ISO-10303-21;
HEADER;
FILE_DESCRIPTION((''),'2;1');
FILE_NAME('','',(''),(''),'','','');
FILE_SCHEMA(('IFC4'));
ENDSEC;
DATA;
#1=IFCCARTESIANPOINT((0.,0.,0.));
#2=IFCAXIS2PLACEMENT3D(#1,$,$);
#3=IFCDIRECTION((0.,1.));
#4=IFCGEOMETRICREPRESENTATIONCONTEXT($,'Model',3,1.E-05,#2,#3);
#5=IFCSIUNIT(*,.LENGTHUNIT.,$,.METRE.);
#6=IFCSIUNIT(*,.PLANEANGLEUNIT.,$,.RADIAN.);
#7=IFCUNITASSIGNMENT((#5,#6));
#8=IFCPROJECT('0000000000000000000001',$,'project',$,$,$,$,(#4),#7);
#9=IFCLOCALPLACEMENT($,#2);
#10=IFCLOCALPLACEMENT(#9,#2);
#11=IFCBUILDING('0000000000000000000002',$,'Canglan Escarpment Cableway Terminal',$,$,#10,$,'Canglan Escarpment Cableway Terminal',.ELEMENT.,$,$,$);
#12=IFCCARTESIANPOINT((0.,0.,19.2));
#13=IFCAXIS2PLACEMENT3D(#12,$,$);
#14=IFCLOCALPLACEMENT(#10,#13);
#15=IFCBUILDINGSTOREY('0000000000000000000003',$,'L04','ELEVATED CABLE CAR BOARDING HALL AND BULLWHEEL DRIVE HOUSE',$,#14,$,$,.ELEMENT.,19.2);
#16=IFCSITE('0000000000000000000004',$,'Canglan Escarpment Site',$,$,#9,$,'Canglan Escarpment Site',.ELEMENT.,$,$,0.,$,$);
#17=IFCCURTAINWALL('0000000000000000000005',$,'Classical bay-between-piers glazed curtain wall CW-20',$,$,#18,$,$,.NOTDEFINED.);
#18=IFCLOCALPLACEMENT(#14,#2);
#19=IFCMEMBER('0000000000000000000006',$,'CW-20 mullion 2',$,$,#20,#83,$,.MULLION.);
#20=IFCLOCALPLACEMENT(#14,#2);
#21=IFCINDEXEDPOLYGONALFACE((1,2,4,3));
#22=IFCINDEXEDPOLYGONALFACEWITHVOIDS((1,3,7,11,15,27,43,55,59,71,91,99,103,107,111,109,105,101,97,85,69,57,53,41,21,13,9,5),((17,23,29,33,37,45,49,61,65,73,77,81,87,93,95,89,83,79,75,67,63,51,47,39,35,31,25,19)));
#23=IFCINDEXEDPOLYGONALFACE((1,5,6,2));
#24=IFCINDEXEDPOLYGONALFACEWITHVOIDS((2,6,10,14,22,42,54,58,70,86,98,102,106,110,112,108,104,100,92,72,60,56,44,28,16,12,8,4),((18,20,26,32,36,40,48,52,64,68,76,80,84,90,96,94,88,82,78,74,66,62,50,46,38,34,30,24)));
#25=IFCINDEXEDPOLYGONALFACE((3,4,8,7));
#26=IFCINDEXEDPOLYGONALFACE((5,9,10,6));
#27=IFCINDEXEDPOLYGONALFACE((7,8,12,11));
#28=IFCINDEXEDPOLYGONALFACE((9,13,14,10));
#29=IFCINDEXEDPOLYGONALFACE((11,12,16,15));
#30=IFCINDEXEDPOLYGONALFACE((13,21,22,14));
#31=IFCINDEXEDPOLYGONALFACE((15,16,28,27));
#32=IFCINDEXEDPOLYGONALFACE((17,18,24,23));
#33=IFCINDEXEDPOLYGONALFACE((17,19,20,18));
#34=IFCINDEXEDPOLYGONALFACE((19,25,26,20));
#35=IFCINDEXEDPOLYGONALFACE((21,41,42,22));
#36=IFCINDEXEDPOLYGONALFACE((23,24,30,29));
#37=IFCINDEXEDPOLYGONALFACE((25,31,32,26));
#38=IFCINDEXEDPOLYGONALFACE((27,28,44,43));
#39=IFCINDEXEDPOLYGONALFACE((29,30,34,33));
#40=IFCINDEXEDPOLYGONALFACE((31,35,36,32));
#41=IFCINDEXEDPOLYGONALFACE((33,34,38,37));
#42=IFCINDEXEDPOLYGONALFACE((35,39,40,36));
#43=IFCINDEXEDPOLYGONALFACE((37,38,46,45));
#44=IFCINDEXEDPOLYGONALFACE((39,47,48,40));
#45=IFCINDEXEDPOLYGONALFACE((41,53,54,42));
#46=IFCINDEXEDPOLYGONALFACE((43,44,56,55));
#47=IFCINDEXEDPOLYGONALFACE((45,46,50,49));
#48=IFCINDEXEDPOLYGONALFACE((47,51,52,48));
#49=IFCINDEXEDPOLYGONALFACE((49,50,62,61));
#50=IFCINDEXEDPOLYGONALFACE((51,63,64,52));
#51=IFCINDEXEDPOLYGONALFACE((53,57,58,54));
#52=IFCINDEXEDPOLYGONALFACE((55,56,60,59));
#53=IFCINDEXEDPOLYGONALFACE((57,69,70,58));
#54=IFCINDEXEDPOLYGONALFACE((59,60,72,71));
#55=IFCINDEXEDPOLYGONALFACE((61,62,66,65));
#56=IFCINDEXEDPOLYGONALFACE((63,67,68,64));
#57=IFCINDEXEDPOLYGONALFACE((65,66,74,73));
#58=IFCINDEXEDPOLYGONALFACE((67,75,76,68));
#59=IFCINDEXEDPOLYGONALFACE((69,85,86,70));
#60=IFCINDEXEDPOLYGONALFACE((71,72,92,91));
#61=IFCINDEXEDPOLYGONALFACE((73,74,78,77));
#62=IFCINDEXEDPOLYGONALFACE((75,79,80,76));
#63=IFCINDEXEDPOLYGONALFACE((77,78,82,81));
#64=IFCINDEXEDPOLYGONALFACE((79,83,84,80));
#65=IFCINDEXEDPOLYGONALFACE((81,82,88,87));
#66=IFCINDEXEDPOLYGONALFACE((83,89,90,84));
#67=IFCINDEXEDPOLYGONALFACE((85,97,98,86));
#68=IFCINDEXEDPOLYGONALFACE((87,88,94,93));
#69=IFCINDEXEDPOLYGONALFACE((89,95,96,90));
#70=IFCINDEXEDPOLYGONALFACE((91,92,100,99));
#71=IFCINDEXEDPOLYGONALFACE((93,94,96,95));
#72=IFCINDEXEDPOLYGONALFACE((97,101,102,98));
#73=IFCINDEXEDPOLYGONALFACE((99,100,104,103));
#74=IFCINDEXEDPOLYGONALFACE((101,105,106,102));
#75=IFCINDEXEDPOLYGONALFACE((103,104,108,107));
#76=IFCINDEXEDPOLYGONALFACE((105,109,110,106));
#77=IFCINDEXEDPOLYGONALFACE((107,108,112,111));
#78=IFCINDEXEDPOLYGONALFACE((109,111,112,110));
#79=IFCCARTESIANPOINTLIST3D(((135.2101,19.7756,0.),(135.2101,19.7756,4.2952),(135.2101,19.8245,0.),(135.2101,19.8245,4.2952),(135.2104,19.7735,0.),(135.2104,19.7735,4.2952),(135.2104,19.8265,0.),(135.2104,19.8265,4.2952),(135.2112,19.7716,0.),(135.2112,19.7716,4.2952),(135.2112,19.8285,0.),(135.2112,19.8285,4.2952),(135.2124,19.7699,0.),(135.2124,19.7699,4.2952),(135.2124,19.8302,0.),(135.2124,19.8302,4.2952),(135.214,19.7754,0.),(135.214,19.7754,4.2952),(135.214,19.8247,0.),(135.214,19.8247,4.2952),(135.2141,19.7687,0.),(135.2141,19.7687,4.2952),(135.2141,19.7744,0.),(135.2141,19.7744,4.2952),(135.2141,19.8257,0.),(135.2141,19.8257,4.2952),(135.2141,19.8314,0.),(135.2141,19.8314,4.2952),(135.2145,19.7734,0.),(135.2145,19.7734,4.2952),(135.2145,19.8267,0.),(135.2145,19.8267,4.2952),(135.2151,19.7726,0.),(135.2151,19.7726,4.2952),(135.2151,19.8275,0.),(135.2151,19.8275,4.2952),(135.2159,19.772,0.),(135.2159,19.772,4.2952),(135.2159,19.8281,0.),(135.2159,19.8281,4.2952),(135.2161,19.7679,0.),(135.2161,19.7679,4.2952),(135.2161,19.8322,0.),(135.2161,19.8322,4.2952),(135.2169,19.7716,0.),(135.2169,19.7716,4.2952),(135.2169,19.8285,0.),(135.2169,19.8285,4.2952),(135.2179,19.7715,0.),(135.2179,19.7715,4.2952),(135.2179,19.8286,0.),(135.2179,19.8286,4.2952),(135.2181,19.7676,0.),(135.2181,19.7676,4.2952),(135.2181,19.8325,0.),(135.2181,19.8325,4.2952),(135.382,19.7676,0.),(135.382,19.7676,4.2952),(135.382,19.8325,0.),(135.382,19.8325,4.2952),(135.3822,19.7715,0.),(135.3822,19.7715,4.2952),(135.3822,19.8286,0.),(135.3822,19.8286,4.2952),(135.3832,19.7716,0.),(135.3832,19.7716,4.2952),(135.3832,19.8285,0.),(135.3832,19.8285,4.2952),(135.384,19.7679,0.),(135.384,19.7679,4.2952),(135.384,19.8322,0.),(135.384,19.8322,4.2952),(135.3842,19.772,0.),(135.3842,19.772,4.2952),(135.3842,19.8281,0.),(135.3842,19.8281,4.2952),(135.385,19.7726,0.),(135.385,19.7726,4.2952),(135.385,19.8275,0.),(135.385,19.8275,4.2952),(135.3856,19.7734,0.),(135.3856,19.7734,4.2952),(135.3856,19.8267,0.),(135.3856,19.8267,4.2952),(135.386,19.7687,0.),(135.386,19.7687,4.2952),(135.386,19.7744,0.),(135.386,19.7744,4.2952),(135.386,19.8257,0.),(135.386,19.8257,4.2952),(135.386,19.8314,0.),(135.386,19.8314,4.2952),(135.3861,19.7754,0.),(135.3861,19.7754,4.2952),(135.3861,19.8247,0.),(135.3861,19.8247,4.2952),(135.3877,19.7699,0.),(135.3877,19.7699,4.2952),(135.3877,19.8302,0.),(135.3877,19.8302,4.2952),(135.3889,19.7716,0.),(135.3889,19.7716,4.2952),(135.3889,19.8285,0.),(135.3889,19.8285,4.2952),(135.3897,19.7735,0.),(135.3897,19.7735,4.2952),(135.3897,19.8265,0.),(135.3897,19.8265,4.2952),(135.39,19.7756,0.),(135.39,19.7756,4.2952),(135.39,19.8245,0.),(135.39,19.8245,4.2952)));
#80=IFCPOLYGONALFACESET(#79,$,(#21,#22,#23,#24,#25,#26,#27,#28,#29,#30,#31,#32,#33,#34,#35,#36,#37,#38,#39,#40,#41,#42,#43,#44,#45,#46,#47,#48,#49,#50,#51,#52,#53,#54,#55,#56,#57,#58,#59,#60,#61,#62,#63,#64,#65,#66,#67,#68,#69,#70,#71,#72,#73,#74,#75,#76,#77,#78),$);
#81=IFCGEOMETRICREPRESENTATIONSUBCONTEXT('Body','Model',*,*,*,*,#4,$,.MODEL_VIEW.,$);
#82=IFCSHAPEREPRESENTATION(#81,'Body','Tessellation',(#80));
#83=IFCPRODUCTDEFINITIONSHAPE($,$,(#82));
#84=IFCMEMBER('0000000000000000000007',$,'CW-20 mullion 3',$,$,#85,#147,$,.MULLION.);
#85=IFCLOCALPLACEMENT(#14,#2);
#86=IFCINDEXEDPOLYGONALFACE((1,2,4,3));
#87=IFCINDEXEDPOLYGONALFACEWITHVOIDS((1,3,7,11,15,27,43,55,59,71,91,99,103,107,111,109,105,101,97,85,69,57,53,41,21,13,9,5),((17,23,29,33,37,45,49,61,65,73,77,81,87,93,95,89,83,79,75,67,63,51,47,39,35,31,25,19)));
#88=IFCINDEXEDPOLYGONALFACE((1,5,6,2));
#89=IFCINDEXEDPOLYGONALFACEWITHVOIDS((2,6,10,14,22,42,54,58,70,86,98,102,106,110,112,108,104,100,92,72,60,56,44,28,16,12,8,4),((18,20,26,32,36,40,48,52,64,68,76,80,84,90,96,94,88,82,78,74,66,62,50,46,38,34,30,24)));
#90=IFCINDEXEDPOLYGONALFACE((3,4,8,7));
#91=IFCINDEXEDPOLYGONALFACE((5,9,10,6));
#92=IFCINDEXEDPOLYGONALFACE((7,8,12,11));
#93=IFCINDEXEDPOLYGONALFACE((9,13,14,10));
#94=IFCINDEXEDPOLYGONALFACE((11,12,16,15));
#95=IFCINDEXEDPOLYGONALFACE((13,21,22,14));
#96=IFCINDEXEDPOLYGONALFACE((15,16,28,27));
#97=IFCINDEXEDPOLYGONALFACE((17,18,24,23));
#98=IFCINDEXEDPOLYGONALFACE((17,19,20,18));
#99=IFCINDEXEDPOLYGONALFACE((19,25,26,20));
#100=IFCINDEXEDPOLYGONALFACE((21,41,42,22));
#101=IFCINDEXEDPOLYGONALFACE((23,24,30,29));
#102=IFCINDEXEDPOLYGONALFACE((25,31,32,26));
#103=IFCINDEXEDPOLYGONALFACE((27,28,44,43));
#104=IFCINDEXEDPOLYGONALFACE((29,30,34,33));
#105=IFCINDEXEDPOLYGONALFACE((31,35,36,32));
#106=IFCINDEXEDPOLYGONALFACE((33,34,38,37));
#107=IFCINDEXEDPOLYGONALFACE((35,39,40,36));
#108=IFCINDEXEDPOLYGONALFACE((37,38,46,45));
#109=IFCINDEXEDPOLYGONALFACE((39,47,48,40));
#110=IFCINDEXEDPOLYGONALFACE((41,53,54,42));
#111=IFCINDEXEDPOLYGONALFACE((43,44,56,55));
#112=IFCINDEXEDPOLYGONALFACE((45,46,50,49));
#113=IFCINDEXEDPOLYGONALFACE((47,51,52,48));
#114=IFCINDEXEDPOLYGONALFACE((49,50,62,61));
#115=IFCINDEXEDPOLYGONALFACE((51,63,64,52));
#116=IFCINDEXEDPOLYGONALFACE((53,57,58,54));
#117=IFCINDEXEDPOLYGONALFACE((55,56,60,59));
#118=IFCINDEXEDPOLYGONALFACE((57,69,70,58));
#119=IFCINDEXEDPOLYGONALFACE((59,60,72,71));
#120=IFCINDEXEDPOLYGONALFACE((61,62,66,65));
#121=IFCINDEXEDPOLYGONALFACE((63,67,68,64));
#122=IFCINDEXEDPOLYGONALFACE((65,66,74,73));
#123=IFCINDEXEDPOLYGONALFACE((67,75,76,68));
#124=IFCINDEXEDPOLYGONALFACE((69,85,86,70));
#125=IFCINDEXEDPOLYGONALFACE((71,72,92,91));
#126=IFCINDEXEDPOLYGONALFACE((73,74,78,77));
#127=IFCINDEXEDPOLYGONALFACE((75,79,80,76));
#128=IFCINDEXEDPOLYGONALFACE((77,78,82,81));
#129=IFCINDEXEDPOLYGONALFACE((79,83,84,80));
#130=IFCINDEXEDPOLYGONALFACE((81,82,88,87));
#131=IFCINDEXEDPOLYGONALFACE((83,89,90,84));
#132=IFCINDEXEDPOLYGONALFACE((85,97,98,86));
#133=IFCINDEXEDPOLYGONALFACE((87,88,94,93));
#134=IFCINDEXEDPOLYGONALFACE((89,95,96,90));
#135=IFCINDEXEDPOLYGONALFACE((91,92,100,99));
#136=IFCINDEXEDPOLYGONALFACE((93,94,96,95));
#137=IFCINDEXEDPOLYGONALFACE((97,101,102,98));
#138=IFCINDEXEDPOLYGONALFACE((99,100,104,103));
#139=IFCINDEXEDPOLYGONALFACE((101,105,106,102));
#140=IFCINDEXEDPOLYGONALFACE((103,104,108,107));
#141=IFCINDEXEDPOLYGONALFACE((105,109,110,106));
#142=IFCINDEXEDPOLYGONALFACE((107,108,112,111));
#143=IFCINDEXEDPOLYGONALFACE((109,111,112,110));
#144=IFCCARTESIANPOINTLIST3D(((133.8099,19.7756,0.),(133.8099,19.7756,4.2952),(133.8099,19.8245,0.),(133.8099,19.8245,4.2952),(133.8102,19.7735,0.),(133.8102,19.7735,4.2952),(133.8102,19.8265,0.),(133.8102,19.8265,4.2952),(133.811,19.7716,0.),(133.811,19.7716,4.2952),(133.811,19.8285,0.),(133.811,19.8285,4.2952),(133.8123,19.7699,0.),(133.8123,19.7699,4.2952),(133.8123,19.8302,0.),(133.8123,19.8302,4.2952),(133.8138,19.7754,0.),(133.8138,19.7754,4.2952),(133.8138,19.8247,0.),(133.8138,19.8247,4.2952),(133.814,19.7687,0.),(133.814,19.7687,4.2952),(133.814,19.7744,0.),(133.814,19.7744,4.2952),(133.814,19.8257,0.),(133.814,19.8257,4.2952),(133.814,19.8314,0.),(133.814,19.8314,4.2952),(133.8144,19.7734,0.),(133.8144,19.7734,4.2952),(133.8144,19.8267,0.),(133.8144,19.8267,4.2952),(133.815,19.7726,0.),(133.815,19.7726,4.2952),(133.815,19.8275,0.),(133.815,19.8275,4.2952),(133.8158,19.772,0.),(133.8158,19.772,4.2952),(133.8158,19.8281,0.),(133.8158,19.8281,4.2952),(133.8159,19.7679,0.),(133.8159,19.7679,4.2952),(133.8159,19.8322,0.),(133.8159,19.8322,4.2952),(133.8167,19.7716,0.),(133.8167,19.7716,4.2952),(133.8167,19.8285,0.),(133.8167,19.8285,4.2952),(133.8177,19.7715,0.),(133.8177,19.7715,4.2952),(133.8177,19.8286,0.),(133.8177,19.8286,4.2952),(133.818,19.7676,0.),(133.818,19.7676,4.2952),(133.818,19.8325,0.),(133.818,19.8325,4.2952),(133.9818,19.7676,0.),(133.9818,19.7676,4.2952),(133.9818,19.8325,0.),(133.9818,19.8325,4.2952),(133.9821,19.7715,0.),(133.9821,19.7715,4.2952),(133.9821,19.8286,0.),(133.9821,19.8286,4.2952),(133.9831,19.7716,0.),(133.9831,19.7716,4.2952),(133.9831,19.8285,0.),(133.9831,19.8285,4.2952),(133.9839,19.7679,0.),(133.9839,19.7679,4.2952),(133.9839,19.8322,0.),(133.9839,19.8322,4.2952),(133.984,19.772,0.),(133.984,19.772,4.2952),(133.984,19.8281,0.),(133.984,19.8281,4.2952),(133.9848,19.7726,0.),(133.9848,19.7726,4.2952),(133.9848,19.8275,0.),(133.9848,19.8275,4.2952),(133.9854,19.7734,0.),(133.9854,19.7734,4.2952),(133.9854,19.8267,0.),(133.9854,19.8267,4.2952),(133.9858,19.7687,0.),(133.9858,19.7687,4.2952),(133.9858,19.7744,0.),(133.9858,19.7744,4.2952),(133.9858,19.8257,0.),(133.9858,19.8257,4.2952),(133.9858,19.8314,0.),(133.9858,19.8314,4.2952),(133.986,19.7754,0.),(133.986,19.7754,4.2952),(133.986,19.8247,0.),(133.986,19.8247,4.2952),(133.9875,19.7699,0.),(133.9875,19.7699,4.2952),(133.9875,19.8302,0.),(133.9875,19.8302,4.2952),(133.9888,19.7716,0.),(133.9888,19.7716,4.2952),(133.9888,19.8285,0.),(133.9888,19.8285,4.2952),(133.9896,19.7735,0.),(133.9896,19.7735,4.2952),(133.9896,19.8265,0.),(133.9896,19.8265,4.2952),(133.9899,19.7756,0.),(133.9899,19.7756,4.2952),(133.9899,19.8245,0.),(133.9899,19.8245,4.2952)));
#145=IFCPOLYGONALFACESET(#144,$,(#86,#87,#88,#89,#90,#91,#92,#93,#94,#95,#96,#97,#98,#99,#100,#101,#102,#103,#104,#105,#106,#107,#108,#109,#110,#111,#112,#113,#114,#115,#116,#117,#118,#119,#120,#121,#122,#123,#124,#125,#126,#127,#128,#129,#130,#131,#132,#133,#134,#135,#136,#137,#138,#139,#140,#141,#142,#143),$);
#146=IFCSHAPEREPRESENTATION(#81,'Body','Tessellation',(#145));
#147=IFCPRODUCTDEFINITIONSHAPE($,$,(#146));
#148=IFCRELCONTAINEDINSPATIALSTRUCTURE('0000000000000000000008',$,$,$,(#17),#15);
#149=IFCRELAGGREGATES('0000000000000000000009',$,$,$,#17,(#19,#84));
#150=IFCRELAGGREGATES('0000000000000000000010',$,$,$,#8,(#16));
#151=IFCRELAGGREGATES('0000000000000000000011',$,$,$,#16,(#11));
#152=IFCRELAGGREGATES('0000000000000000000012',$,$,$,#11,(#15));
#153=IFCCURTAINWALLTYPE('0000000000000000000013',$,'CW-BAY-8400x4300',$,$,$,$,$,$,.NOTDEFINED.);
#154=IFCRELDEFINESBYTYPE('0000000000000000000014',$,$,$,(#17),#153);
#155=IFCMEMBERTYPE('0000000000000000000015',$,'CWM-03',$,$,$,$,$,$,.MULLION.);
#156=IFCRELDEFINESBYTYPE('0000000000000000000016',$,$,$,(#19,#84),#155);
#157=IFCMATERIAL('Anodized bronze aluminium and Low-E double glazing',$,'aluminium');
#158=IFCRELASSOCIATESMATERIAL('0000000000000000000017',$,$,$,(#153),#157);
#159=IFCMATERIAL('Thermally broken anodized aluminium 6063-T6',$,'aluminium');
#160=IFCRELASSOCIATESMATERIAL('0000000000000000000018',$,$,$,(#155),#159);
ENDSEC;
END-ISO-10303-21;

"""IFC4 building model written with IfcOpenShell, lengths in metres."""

from ifc_helpers import new_model, si_unit, direction, frame, origin, origin_2d, place, context, subcontext, project, spatial, hollow_rectangle, extrude, material, material_profile, profile_set, type_object, element, aggregate, save


model = new_model("IFC4")

# Units and contexts
model_context = context("Model", 3, precision=1e-05, world=origin(), true_north=direction((0.0, 1.0)))
body_context = subcontext(model_context, "Body", "Model", "MODEL_VIEW")
ifc_project = project(units=[si_unit("LENGTHUNIT", "METRE"), si_unit("PLANEANGLEUNIT", "RADIAN")], contexts=[model_context])

# Site, building, storey
site_placement = place(None, origin())
site = spatial("IfcSite", under=ifc_project, at=site_placement, Name="Canglan Escarpment Site", LongName="Canglan Escarpment Site", CompositionType="ELEMENT", RefElevation=0.0)
building_placement = place(site_placement, origin())
building = spatial("IfcBuilding", under=site, at=building_placement, Name="Canglan Escarpment Cableway Terminal", LongName="Canglan Escarpment Cableway Terminal", CompositionType="ELEMENT")
storey_placement = place(building_placement, frame((0.0, 0.0, 19.2)))
storey = spatial("IfcBuildingStorey", under=building, at=storey_placement, Name="L04", Description="ELEVATED CABLE CAR BOARDING HALL AND BULLWHEEL DRIVE HOUSE", CompositionType="ELEMENT", Elevation=19.2)

# Curtain wall, members
ifc_material_1 = material(Name="Anodized bronze aluminium and Low-E double glazing", Category="aluminium")
curtain_wall_type = type_object("IfcCurtainWallType", Name="CW-BAY-8400x4300", PredefinedType="NOTDEFINED", material=ifc_material_1)
curtain_wall_placement = place(storey_placement, origin())
curtain_wall = element("IfcCurtainWall", 1, at=curtain_wall_placement, inside=storey, type_object=curtain_wall_type, Name="Classical bay-between-piers glazed curtain wall CW-20", PredefinedType="NOTDEFINED")
ifc_material_2 = material(Name="Thermally broken anodized aluminium 6063-T6", Category="aluminium")
ifc_material_profile_1 = material_profile(ifc_material_2, hollow_rectangle(XDim=0.0649, YDim=0.1799, WallThickness=0.0039, InnerFilletRadius=0.0039, OuterFilletRadius=0.0081, at=origin_2d()), Name="ALU-MULL 65x180x4")
ifc_profile_set_1 = profile_set([ifc_material_profile_1], Name="Thermally broken anodized aluminium 6063-T6")
member_type_1 = type_object("IfcMemberType", Name="CWM-03", PredefinedType="MULLION", material=ifc_profile_set_1)
member_1_placement = place(storey_placement, frame((135.3, 19.8, 0.0), z_axis=(0.0, 0.0, 1.0), x_axis=(0.0, -1.0, 0.0)))
member_1 = element("IfcMember", 2, at=member_1_placement, type_object=member_type_1, Name="CW-20 mullion 2", PredefinedType="MULLION", context=body_context, shape_type="SweptSolid", body=[
    extrude(hollow_rectangle(XDim=0.0649, YDim=0.1799, WallThickness=0.0039, InnerFilletRadius=0.0039, OuterFilletRadius=0.0081, at=origin_2d()), origin(), (0.0, 0.0, 1.0), 4.2952),
])
member_2_placement = place(storey_placement, frame((133.8999, 19.8, 0.0), z_axis=(0.0, 0.0, 1.0), x_axis=(0.0, -1.0, 0.0)))
member_2 = element("IfcMember", 3, at=member_2_placement, type_object=member_type_1, Name="CW-20 mullion 3", PredefinedType="MULLION", context=body_context, shape_type="SweptSolid", body=[
    extrude(hollow_rectangle(XDim=0.0649, YDim=0.1799, WallThickness=0.0039, InnerFilletRadius=0.0039, OuterFilletRadius=0.0081, at=origin_2d()), origin(), (0.0, 0.0, 1.0), 4.2952),
])

aggregate(curtain_wall, [member_1, member_2])

save(model, "model.ifc")
